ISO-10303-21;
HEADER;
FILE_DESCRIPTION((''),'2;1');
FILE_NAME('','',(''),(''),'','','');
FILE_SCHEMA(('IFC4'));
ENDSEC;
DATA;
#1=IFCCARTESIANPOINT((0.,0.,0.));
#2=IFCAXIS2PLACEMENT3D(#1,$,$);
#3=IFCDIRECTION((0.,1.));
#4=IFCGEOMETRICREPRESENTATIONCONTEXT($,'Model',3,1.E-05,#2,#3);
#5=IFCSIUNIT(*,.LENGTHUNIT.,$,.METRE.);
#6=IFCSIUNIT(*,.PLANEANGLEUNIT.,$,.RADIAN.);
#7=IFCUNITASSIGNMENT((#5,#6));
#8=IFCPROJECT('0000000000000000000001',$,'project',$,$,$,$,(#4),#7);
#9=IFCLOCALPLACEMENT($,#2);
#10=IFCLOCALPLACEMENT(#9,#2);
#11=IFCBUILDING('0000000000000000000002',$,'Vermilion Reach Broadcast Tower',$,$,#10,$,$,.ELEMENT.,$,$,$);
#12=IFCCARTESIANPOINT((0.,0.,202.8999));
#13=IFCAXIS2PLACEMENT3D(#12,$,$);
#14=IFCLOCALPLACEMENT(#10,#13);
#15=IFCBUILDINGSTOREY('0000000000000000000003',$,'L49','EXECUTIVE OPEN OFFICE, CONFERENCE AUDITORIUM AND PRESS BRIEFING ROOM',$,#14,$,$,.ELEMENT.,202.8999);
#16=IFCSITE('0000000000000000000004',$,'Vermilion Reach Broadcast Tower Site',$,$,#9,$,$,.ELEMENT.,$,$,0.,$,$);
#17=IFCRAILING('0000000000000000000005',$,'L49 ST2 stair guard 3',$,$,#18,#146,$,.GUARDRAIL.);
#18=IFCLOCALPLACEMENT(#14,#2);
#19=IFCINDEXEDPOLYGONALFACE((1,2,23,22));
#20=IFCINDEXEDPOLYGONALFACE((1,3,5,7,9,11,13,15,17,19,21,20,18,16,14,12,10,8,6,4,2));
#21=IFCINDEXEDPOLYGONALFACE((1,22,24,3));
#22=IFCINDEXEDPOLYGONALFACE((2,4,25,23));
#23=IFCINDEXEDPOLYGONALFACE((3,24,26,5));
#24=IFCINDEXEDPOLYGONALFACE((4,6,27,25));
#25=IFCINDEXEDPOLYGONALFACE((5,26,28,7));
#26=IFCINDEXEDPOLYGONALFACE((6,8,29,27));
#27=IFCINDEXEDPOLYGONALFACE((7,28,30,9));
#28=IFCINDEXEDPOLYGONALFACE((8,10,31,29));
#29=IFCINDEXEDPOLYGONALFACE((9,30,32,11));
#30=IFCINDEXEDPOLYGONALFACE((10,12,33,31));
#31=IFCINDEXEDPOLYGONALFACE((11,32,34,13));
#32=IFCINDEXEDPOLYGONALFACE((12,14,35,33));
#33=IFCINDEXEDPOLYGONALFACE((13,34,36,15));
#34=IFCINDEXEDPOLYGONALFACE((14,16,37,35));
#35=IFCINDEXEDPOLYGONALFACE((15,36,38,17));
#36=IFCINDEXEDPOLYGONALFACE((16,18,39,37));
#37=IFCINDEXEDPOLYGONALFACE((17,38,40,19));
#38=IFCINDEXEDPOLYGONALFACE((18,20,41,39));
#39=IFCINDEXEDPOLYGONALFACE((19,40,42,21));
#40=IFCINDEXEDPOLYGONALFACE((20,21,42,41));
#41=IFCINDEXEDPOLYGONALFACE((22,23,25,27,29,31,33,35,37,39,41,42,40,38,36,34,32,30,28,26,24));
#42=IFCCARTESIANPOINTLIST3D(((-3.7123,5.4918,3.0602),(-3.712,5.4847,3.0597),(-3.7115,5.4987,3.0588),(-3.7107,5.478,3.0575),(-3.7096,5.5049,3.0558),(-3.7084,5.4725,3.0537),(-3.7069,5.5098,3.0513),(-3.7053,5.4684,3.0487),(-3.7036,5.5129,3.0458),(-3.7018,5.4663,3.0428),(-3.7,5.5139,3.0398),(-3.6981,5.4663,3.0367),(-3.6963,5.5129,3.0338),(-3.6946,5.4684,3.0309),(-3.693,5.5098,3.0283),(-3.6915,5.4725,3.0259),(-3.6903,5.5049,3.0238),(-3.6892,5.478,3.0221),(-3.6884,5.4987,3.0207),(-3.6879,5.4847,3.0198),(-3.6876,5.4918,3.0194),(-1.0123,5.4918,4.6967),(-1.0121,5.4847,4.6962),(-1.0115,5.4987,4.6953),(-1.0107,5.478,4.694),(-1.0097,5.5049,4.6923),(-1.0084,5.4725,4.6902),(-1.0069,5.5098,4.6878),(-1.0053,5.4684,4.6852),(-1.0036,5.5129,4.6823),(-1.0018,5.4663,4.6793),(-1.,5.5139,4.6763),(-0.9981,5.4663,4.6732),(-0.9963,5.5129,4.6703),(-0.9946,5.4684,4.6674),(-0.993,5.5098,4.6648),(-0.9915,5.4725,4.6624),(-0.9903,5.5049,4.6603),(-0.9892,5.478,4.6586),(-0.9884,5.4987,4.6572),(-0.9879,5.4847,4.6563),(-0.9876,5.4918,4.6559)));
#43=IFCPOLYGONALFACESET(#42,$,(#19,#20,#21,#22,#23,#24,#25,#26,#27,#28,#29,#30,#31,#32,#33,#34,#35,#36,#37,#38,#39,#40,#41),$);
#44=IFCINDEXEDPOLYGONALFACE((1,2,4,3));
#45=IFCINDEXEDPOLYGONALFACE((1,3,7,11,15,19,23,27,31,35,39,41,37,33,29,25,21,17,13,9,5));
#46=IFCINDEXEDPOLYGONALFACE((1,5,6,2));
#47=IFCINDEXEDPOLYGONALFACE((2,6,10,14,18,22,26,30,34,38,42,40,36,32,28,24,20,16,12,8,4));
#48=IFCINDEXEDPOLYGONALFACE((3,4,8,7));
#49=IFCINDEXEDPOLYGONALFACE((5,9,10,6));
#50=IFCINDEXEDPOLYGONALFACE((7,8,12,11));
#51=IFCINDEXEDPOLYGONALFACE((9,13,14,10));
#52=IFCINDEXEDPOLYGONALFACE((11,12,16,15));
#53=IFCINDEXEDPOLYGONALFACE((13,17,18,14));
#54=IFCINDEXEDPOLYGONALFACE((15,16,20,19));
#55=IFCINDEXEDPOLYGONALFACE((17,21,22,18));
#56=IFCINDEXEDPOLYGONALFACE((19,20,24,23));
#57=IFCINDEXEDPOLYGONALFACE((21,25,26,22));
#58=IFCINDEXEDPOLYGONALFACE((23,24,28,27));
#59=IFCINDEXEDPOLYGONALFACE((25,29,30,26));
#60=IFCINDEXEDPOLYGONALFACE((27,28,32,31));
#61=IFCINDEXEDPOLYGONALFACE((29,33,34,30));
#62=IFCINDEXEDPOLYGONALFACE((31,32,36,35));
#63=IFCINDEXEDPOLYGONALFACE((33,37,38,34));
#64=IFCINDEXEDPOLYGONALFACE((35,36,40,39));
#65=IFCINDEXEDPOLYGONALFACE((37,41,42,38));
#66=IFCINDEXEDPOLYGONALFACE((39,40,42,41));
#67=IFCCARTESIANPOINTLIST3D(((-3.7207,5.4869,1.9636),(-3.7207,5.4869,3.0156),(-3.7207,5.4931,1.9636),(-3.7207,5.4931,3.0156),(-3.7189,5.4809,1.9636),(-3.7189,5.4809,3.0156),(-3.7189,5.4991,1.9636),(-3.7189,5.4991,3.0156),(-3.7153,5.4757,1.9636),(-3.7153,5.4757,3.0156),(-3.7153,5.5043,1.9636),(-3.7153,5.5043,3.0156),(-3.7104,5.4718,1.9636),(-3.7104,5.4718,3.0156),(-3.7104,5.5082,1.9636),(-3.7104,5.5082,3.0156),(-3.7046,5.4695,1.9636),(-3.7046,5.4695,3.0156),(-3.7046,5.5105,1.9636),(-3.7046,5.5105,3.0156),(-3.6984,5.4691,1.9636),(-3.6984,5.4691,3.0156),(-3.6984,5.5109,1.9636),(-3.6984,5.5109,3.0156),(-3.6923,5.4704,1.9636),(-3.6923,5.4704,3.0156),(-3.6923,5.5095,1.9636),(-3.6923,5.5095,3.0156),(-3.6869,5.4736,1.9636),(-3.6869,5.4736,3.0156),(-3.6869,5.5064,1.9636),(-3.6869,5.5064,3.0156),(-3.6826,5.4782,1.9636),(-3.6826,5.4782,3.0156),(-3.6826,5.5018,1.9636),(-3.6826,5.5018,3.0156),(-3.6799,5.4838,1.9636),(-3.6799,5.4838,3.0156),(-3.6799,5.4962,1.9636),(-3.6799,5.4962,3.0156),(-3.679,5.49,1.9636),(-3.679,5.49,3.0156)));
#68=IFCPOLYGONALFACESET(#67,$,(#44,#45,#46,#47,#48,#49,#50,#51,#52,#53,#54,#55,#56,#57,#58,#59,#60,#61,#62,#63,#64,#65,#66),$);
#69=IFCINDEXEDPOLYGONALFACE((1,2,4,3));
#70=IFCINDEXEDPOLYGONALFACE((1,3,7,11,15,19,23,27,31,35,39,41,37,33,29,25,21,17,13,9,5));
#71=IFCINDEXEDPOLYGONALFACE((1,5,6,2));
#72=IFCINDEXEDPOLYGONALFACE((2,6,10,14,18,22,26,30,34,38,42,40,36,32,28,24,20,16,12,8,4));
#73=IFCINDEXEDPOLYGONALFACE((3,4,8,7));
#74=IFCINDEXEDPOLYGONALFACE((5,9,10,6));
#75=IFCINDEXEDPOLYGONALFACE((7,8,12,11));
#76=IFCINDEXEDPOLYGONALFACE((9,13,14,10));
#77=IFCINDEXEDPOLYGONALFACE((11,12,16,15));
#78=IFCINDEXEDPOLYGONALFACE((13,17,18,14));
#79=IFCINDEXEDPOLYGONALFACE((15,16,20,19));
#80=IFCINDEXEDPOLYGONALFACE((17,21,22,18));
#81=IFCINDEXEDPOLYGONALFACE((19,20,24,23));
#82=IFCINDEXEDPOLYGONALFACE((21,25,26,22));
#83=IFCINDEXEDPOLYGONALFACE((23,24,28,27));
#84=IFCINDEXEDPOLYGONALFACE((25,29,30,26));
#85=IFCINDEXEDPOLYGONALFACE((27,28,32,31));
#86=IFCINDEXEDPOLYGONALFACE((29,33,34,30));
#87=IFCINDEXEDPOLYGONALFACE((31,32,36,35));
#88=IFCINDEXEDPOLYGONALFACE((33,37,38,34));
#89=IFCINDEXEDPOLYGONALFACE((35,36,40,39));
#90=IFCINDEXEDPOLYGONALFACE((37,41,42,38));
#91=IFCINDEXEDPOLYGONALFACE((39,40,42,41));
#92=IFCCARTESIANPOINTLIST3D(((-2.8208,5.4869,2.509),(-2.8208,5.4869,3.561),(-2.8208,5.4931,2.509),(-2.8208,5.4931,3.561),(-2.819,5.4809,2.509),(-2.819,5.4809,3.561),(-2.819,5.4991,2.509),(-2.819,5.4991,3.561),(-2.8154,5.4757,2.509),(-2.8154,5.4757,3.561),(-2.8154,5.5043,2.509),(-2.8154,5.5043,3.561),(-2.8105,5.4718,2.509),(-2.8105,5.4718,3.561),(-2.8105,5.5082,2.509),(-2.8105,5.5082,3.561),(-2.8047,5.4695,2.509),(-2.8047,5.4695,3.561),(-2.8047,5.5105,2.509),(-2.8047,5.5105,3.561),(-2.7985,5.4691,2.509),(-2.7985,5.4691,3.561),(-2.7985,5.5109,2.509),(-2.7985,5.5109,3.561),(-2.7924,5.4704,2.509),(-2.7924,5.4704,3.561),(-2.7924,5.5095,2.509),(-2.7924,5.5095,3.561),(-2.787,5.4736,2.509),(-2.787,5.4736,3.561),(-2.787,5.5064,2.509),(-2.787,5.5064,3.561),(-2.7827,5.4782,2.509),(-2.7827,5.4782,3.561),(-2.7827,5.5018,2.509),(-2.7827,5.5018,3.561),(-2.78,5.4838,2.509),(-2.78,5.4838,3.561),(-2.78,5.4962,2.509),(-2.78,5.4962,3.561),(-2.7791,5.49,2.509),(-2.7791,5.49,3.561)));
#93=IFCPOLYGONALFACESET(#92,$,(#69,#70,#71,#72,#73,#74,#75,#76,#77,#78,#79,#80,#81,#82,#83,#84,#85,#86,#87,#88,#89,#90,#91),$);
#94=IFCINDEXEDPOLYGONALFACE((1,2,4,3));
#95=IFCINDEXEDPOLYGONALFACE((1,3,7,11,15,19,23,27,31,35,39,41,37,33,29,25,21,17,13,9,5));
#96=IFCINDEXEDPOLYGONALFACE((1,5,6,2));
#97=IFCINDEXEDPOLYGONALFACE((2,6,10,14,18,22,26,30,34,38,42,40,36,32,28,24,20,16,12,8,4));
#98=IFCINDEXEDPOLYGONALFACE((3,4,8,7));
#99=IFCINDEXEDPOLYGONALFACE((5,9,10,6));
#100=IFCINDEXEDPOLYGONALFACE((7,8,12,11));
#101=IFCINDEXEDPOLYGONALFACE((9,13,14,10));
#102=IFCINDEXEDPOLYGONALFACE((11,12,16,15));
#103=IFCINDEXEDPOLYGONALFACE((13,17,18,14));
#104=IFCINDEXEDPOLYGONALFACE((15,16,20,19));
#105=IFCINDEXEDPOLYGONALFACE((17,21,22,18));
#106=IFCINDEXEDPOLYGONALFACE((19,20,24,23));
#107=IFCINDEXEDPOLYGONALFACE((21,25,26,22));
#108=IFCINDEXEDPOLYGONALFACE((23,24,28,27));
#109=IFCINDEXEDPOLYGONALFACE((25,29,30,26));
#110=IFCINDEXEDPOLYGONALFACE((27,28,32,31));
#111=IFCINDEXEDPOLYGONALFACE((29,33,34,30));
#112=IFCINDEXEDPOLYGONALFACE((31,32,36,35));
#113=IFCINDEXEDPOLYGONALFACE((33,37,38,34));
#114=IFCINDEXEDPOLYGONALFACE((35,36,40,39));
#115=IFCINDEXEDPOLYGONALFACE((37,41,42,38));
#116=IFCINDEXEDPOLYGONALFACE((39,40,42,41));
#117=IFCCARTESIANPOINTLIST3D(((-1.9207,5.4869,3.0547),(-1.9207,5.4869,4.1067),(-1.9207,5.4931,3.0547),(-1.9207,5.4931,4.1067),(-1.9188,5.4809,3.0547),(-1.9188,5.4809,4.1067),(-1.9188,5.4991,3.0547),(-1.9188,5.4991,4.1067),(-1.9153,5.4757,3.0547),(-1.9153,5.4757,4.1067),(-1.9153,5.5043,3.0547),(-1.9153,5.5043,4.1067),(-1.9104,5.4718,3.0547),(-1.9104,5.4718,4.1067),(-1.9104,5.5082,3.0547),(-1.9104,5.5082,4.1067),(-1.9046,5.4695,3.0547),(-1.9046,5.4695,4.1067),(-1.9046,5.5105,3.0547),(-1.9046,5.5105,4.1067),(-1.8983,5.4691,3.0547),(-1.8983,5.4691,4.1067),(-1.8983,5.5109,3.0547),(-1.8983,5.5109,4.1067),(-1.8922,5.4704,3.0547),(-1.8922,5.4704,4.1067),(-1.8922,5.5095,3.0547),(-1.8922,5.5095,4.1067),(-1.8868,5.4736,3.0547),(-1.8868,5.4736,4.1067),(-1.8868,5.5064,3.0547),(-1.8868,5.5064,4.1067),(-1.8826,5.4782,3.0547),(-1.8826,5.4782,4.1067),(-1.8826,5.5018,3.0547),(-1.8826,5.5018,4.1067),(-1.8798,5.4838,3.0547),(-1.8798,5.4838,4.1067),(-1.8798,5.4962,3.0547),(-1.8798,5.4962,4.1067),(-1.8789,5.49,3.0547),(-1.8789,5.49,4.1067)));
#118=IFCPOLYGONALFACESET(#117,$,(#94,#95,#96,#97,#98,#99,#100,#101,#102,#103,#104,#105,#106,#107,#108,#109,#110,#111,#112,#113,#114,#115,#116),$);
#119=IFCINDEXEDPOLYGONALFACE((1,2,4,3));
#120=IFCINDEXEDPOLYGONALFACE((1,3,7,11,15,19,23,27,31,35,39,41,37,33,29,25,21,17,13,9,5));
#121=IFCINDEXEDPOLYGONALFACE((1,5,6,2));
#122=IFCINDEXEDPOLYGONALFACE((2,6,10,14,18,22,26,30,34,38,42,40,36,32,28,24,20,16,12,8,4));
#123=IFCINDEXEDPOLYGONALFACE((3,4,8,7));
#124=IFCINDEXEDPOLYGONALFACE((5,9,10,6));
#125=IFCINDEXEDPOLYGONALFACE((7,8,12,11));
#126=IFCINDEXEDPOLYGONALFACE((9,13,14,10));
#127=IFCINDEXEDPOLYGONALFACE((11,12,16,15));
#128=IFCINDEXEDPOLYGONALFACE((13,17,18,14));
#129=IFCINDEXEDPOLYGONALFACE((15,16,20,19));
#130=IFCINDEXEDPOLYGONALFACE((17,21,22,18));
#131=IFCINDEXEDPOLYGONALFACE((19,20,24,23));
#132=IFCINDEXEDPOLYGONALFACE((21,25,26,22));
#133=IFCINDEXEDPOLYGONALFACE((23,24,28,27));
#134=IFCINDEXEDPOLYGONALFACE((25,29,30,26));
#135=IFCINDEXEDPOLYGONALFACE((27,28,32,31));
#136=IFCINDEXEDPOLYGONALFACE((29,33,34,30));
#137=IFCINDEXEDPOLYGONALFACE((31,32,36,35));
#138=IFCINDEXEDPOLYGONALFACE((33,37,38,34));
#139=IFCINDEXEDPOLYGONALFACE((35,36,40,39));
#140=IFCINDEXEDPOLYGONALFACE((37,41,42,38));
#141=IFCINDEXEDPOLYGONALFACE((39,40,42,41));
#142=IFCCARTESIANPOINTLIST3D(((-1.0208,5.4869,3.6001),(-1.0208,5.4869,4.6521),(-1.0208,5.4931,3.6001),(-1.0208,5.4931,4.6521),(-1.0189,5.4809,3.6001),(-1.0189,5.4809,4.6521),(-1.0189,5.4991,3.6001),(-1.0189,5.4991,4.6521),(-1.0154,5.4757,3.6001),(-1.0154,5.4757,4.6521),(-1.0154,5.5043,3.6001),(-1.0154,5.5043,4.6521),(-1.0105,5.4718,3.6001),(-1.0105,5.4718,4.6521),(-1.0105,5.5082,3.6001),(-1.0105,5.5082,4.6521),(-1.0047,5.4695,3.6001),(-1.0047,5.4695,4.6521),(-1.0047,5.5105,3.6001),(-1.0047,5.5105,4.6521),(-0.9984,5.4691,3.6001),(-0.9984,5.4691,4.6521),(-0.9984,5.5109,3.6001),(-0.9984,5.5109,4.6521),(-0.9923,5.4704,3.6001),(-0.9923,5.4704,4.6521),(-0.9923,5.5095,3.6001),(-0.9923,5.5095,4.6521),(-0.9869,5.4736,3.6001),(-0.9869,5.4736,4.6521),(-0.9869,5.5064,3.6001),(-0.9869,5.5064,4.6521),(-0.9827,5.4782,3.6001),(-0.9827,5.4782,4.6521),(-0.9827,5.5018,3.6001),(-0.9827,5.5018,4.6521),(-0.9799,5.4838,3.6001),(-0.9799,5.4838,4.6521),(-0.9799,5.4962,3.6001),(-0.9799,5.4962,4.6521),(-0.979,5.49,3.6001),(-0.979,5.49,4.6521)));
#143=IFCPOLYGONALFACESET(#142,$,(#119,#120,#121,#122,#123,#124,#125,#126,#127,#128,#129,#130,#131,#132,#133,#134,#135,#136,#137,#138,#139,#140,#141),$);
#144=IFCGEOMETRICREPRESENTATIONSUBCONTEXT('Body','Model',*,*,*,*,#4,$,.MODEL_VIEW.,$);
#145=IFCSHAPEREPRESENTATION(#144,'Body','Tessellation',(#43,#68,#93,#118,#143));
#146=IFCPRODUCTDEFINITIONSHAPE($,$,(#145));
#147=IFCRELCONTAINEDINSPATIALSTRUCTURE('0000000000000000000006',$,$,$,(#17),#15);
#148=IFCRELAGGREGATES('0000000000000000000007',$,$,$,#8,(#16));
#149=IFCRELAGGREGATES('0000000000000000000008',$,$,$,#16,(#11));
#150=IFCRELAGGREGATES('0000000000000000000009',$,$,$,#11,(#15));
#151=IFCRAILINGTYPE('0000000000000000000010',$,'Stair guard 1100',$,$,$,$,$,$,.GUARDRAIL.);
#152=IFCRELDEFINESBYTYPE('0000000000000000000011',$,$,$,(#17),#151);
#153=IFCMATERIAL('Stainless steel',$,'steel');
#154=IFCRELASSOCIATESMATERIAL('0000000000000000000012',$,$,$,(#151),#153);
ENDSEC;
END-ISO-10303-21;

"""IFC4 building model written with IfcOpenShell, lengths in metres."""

from ifc_helpers import new_model, si_unit, direction, frame, origin, origin_2d, place, context, subcontext, project, spatial, circle, extrude, material, type_object, element, save


model = new_model("IFC4")

# Units and contexts
model_context = context("Model", 3, precision=1e-05, world=origin(), true_north=direction((0.0, 1.0)))
body_context = subcontext(model_context, "Body", "Model", "MODEL_VIEW")
ifc_project = project(units=[si_unit("LENGTHUNIT", "METRE"), si_unit("PLANEANGLEUNIT", "RADIAN")], contexts=[model_context])

# Site, building, storey
site_placement = place(None, origin())
site = spatial("IfcSite", under=ifc_project, at=site_placement, Name="Vermilion Reach Broadcast Tower Site", CompositionType="ELEMENT", RefElevation=0.0)
building_placement = place(site_placement, origin())
building = spatial("IfcBuilding", under=site, at=building_placement, Name="Vermilion Reach Broadcast Tower", CompositionType="ELEMENT")
storey_placement = place(building_placement, frame((0.0, 0.0, 202.8999)))
storey = spatial("IfcBuildingStorey", under=building, at=storey_placement, Name="L49", Description="EXECUTIVE OPEN OFFICE, CONFERENCE AUDITORIUM AND PRESS BRIEFING ROOM", CompositionType="ELEMENT", Elevation=202.8999)

# Railing
ifc_material_1 = material(Name="Stainless steel", Category="steel")
railing_type_1 = type_object("IfcRailingType", Name="Stair guard 1100", PredefinedType="GUARDRAIL", material=ifc_material_1)
railing_1_placement = place(storey_placement, frame((-3.7, 5.49, 1.9636)))
element("IfcRailing", 1, at=railing_1_placement, inside=storey, type_object=railing_type_1, Name="L49 ST2 stair guard 3", PredefinedType="GUARDRAIL", context=body_context, shape_type="SweptSolid", body=[
    extrude(circle(Radius=0.0239, at=origin_2d()), frame((0.0, 0.0, 1.0762), z_axis=(0.855178, 0.0, 0.518334), x_axis=(0.0, 1.0, 0.0)), (0.0, 0.0, 1.0), 3.1572),
    extrude(circle(Radius=0.021, at=origin_2d()), origin(), (0.0, 0.0, 1.0), 1.052),
    extrude(circle(Radius=0.021, at=origin_2d()), frame((0.8999, 0.0, 0.5454)), (0.0, 0.0, 1.0), 1.052),
    extrude(circle(Radius=0.021, at=origin_2d()), frame((1.8, 0.0, 1.0911)), (0.0, 0.0, 1.0), 1.052),
    extrude(circle(Radius=0.021, at=origin_2d()), frame((2.7, 0.0, 1.6365)), (0.0, 0.0, 1.0), 1.052),
])

save(model, "model.ifc")
